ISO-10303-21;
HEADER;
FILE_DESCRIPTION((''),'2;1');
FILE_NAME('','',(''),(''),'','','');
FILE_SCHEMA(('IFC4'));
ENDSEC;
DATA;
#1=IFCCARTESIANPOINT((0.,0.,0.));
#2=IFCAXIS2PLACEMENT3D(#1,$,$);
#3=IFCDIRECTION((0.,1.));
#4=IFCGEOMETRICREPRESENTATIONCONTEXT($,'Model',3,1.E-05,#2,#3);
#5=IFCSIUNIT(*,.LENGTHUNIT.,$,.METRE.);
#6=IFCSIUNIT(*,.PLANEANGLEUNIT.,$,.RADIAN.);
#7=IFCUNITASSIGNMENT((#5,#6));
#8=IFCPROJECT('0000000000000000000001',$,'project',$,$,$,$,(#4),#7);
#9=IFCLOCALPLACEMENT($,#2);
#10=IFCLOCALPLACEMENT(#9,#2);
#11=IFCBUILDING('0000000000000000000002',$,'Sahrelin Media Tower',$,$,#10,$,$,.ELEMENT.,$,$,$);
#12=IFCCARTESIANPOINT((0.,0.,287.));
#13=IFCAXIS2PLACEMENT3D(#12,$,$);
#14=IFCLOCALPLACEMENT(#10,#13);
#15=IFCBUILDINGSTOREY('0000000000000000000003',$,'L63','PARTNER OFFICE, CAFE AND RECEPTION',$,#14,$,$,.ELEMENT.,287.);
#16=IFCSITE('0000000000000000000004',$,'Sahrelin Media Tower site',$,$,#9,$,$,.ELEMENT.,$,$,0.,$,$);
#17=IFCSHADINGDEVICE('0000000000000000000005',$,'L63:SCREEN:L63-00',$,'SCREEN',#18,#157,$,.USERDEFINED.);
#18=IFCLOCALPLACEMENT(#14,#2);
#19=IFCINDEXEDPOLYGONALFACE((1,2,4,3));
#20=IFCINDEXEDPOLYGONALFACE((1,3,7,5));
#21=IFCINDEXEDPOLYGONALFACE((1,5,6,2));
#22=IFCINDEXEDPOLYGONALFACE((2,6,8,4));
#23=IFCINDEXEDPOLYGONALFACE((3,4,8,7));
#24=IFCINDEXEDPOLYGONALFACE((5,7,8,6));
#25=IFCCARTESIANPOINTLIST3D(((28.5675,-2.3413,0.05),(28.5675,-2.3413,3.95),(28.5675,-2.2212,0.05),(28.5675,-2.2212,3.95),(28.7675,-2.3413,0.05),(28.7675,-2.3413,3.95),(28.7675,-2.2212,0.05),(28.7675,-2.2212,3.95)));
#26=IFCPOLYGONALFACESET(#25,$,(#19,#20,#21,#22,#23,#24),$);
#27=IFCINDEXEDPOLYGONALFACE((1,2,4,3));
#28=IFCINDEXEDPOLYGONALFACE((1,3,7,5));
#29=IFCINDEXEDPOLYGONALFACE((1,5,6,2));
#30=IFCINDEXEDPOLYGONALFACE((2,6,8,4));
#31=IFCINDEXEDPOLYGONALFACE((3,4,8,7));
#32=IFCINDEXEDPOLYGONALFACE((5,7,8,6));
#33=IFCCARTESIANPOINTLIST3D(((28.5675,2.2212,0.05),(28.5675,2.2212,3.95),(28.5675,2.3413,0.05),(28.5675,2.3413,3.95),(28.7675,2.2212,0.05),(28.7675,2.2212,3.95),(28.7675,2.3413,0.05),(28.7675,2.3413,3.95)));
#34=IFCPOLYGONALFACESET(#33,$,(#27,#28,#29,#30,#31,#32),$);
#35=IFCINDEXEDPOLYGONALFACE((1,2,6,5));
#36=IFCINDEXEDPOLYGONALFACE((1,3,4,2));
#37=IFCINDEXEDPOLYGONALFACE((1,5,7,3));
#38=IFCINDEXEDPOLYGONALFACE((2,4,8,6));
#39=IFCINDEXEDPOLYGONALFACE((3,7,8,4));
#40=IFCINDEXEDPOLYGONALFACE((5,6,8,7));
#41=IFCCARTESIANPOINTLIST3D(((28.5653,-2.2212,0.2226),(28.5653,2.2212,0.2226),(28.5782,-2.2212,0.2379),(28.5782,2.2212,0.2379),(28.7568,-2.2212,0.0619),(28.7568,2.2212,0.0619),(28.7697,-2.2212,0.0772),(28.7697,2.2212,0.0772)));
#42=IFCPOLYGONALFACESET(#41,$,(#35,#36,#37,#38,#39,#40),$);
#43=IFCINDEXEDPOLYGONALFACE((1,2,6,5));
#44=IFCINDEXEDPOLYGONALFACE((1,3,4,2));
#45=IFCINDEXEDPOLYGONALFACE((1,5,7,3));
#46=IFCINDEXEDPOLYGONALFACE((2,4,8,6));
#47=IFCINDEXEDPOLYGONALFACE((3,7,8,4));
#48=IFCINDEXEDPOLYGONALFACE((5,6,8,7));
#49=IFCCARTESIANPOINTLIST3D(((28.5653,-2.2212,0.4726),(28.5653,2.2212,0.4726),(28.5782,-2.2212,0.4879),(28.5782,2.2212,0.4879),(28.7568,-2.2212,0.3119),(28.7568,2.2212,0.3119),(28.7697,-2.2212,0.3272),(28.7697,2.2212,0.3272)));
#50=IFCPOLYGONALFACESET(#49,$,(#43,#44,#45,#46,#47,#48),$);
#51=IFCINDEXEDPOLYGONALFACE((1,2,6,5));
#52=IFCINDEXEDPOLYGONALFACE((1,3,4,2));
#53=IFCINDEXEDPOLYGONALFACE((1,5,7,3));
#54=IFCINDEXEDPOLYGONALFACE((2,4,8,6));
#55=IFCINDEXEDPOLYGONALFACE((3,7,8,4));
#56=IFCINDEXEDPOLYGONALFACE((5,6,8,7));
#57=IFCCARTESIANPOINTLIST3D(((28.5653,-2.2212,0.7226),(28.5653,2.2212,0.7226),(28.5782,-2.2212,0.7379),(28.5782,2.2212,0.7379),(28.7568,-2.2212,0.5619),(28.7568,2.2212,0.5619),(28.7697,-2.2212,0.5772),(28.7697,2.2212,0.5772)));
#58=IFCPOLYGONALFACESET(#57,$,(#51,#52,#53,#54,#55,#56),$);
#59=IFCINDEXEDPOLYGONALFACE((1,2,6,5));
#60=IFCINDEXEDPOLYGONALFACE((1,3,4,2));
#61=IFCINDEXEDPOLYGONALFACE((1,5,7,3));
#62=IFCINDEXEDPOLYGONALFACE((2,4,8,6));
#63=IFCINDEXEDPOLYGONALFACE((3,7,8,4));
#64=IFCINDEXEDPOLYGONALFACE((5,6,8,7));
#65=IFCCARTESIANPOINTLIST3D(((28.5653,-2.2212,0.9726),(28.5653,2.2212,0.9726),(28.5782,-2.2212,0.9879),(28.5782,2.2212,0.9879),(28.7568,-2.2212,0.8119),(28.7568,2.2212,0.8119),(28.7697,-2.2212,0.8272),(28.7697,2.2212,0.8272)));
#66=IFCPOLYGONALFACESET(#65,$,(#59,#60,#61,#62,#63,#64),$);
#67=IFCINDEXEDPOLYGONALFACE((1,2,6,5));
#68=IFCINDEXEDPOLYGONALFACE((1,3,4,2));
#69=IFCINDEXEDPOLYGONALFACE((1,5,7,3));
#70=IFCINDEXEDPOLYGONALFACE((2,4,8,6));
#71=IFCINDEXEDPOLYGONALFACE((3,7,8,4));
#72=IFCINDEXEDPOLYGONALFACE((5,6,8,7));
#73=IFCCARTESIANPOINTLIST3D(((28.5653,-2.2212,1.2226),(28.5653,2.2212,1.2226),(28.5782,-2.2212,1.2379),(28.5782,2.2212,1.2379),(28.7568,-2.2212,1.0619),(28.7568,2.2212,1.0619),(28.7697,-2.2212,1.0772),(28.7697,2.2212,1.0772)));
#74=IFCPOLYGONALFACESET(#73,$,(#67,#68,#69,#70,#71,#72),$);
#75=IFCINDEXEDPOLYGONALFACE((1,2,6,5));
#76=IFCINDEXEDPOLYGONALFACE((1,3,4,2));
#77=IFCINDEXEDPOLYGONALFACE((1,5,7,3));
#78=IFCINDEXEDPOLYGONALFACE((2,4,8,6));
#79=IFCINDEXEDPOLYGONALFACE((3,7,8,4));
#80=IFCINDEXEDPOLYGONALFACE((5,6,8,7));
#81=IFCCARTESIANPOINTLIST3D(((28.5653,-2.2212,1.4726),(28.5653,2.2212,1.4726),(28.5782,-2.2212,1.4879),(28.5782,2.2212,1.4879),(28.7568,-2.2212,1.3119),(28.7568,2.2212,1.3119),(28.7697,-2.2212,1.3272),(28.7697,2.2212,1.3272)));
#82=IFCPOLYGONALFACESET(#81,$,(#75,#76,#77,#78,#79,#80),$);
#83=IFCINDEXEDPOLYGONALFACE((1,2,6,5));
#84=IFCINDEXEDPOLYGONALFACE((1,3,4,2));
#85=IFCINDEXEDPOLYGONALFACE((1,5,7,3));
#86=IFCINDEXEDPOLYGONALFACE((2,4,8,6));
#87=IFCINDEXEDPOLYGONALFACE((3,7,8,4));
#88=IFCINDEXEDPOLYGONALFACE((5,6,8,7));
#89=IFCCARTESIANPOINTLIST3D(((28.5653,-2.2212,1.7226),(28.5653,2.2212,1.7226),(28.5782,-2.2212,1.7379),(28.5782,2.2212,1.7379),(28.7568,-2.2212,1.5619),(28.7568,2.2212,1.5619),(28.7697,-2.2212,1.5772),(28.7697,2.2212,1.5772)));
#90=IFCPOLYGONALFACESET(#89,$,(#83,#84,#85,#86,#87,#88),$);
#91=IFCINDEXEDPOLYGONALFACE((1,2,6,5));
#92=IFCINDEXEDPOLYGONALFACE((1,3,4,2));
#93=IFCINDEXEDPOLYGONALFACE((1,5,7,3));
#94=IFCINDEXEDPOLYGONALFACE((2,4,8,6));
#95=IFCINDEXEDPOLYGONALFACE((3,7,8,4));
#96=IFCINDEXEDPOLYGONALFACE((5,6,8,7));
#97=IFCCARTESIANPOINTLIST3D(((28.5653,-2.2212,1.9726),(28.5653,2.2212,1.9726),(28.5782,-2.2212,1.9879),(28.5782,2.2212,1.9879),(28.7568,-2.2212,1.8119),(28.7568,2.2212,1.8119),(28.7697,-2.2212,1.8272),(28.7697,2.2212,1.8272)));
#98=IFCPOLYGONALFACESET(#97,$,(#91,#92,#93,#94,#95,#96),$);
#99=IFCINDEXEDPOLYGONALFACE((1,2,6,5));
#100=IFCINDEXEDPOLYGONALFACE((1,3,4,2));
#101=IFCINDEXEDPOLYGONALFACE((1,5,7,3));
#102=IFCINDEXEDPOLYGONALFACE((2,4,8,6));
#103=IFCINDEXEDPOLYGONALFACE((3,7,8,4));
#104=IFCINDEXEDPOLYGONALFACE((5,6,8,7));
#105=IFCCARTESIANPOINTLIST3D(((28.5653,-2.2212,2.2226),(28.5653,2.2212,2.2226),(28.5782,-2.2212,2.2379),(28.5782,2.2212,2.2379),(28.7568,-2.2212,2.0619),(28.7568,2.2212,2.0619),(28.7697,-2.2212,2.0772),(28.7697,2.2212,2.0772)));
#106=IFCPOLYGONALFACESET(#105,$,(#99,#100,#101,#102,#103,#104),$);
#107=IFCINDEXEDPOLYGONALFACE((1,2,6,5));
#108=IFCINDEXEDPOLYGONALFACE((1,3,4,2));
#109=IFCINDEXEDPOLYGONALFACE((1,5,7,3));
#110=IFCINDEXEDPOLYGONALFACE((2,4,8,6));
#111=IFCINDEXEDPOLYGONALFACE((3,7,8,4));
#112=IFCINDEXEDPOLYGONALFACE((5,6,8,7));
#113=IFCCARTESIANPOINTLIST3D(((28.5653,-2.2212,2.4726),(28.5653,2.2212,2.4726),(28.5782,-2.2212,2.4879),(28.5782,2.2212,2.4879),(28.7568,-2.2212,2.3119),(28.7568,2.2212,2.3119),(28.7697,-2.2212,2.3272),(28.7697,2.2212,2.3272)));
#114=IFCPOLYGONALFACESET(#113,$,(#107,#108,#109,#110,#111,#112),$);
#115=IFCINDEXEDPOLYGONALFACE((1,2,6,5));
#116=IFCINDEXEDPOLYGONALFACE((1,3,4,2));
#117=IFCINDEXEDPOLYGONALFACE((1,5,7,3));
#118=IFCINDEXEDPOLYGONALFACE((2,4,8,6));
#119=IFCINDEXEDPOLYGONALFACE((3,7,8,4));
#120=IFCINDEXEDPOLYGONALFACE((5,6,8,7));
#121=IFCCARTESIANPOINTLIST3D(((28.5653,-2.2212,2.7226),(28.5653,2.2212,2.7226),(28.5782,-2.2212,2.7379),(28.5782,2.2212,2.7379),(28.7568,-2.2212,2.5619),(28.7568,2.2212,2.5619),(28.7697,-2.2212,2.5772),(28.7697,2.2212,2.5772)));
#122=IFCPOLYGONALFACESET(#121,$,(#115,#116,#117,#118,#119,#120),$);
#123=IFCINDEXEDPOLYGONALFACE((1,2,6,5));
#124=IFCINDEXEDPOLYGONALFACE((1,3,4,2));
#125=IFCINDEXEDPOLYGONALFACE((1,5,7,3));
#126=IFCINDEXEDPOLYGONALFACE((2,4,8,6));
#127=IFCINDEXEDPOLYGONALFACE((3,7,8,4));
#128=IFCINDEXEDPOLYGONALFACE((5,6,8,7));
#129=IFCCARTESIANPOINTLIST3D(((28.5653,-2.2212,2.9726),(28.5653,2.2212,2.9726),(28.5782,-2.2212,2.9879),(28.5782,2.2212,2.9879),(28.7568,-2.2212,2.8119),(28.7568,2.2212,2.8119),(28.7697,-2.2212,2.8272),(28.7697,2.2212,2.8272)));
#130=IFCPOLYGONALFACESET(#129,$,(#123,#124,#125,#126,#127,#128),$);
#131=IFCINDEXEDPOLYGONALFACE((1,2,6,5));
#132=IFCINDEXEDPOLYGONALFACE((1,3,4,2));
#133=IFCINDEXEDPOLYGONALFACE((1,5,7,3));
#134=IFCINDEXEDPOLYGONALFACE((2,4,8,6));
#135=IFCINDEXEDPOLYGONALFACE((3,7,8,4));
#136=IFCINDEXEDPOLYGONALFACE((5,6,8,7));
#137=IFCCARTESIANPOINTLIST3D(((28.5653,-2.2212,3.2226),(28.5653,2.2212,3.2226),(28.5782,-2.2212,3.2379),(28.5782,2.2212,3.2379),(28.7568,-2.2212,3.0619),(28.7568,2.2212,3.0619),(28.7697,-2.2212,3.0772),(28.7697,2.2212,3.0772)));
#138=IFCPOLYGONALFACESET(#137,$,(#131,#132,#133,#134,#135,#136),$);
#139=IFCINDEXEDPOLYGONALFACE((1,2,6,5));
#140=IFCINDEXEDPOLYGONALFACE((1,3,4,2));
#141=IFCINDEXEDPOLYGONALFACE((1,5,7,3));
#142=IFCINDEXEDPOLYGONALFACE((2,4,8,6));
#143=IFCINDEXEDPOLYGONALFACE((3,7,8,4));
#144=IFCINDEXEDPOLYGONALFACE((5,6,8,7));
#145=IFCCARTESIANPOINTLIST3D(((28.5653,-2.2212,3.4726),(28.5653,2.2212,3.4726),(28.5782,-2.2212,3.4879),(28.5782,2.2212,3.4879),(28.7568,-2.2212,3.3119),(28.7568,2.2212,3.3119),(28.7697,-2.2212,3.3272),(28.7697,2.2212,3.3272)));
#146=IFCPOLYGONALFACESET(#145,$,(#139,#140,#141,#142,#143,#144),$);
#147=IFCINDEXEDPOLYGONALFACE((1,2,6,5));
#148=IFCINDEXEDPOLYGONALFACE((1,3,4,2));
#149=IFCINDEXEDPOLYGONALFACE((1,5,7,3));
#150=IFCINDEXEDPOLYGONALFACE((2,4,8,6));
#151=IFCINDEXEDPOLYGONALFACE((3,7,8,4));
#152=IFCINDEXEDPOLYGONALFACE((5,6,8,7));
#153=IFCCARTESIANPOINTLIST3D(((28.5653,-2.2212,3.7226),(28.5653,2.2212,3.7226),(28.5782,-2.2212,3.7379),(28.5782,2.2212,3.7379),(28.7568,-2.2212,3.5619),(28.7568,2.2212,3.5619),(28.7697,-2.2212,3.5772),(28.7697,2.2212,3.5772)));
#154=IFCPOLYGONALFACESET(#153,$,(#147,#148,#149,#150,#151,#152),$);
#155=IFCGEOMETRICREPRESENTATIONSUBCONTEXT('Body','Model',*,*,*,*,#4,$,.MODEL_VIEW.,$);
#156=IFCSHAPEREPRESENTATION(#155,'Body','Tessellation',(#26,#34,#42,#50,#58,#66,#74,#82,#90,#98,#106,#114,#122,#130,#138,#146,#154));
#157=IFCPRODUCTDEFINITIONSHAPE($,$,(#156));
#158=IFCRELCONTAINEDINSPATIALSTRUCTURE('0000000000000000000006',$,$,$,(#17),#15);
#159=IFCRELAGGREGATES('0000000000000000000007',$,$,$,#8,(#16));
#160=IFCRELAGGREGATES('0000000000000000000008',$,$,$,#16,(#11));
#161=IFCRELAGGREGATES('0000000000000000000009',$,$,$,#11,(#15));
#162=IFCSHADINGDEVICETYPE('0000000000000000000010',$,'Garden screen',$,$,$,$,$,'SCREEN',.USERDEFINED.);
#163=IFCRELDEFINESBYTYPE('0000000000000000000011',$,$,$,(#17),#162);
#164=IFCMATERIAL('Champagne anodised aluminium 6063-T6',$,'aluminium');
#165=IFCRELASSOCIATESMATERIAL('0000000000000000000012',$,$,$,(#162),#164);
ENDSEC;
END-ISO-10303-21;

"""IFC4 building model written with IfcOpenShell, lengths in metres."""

from ifc_helpers import new_model, si_unit, direction, frame, origin, origin_2d, place, context, subcontext, project, spatial, rectangle, extrude, material, type_object, element, save


model = new_model("IFC4")

# Units and contexts
model_context = context("Model", 3, precision=1e-05, world=origin(), true_north=direction((0.0, 1.0)))
body_context = subcontext(model_context, "Body", "Model", "MODEL_VIEW")
ifc_project = project(units=[si_unit("LENGTHUNIT", "METRE"), si_unit("PLANEANGLEUNIT", "RADIAN")], contexts=[model_context])

# Site, building, storey
site_placement = place(None, origin())
site = spatial("IfcSite", under=ifc_project, at=site_placement, Name="Sahrelin Media Tower site", CompositionType="ELEMENT", RefElevation=0.0)
building_placement = place(site_placement, origin())
building = spatial("IfcBuilding", under=site, at=building_placement, Name="Sahrelin Media Tower", CompositionType="ELEMENT")
storey_placement = place(building_placement, frame((0.0, 0.0, 287.0)))
storey = spatial("IfcBuildingStorey", under=building, at=storey_placement, Name="L63", Description="PARTNER OFFICE, CAFE AND RECEPTION", CompositionType="ELEMENT", Elevation=287.0)

# Shared definitions
ifc_material_1 = material(Name="Champagne anodised aluminium 6063-T6", Category="aluminium")

# Shading device
shading_device_type_1 = type_object("IfcShadingDeviceType", Name="Garden screen", ElementType="SCREEN", PredefinedType="USERDEFINED", material=ifc_material_1)
shading_device_1_placement = place(storey_placement, frame((28.5674, 0.0, 0.0), z_axis=(0.0, 0.0, 1.0), x_axis=(0.0, -1.0, 0.0)))
element("IfcShadingDevice", 1, at=shading_device_1_placement, inside=storey, type_object=shading_device_type_1, Name="L63:SCREEN:L63-00", ObjectType="SCREEN", PredefinedType="USERDEFINED", context=body_context, shape_type="SweptSolid", body=[
    extrude(rectangle(XDim=0.1201, YDim=0.2, at=origin_2d()), frame((2.2812, 0.1001, 0.05), z_axis=(0.0, 0.0, 1.0), x_axis=(1.0, 0.0, 0.0)), (0.0, 0.0, 1.0), 3.8999),
    extrude(rectangle(XDim=0.1201, YDim=0.2, at=origin_2d()), frame((-2.2812, 0.1001, 0.05), z_axis=(0.0, 0.0, 1.0), x_axis=(1.0, 0.0, 0.0)), (0.0, 0.0, 1.0), 3.8999),
    extrude(rectangle(XDim=0.25, YDim=0.02, at=origin_2d()), frame((2.2212, 0.1001, 0.1499), z_axis=(-1.0, 0.0, 0.0), x_axis=(0.0, -0.766044, 0.642788)), (0.0, 0.0, 1.0), 4.4424),
    extrude(rectangle(XDim=0.25, YDim=0.02, at=origin_2d()), frame((2.2212, 0.1001, 0.3999), z_axis=(-1.0, 0.0, 0.0), x_axis=(0.0, -0.766044, 0.642788)), (0.0, 0.0, 1.0), 4.4424),
    extrude(rectangle(XDim=0.25, YDim=0.02, at=origin_2d()), frame((2.2212, 0.1001, 0.6499), z_axis=(-1.0, 0.0, 0.0), x_axis=(0.0, -0.766044, 0.642788)), (0.0, 0.0, 1.0), 4.4424),
    extrude(rectangle(XDim=0.25, YDim=0.02, at=origin_2d()), frame((2.2212, 0.1001, 0.8999), z_axis=(-1.0, 0.0, 0.0), x_axis=(0.0, -0.766044, 0.642788)), (0.0, 0.0, 1.0), 4.4424),
    extrude(rectangle(XDim=0.25, YDim=0.02, at=origin_2d()), frame((2.2212, 0.1001, 1.1499), z_axis=(-1.0, 0.0, 0.0), x_axis=(0.0, -0.766044, 0.642788)), (0.0, 0.0, 1.0), 4.4424),
    extrude(rectangle(XDim=0.25, YDim=0.02, at=origin_2d()), frame((2.2212, 0.1001, 1.3999), z_axis=(-1.0, 0.0, 0.0), x_axis=(0.0, -0.766044, 0.642788)), (0.0, 0.0, 1.0), 4.4424),
    extrude(rectangle(XDim=0.25, YDim=0.02, at=origin_2d()), frame((2.2212, 0.1001, 1.6499), z_axis=(-1.0, 0.0, 0.0), x_axis=(0.0, -0.766044, 0.642788)), (0.0, 0.0, 1.0), 4.4424),
    extrude(rectangle(XDim=0.25, YDim=0.02, at=origin_2d()), frame((2.2212, 0.1001, 1.8999), z_axis=(-1.0, 0.0, 0.0), x_axis=(0.0, -0.766044, 0.642788)), (0.0, 0.0, 1.0), 4.4424),
    extrude(rectangle(XDim=0.25, YDim=0.02, at=origin_2d()), frame((2.2212, 0.1001, 2.1499), z_axis=(-1.0, 0.0, 0.0), x_axis=(0.0, -0.766044, 0.642788)), (0.0, 0.0, 1.0), 4.4424),
    extrude(rectangle(XDim=0.25, YDim=0.02, at=origin_2d()), frame((2.2212, 0.1001, 2.3999), z_axis=(-1.0, 0.0, 0.0), x_axis=(0.0, -0.766044, 0.642788)), (0.0, 0.0, 1.0), 4.4424),
    extrude(rectangle(XDim=0.25, YDim=0.02, at=origin_2d()), frame((2.2212, 0.1001, 2.6499), z_axis=(-1.0, 0.0, 0.0), x_axis=(0.0, -0.766044, 0.642788)), (0.0, 0.0, 1.0), 4.4424),
    extrude(rectangle(XDim=0.25, YDim=0.02, at=origin_2d()), frame((2.2212, 0.1001, 2.8999), z_axis=(-1.0, 0.0, 0.0), x_axis=(0.0, -0.766044, 0.642788)), (0.0, 0.0, 1.0), 4.4424),
    extrude(rectangle(XDim=0.25, YDim=0.02, at=origin_2d()), frame((2.2212, 0.1001, 3.1499), z_axis=(-1.0, 0.0, 0.0), x_axis=(0.0, -0.766044, 0.642788)), (0.0, 0.0, 1.0), 4.4424),
    extrude(rectangle(XDim=0.25, YDim=0.02, at=origin_2d()), frame((2.2212, 0.1001, 3.3999), z_axis=(-1.0, 0.0, 0.0), x_axis=(0.0, -0.766044, 0.642788)), (0.0, 0.0, 1.0), 4.4424),
    extrude(rectangle(XDim=0.25, YDim=0.02, at=origin_2d()), frame((2.2212, 0.1001, 3.6499), z_axis=(-1.0, 0.0, 0.0), x_axis=(0.0, -0.766044, 0.642788)), (0.0, 0.0, 1.0), 4.4424),
])

save(model, "model.ifc")
